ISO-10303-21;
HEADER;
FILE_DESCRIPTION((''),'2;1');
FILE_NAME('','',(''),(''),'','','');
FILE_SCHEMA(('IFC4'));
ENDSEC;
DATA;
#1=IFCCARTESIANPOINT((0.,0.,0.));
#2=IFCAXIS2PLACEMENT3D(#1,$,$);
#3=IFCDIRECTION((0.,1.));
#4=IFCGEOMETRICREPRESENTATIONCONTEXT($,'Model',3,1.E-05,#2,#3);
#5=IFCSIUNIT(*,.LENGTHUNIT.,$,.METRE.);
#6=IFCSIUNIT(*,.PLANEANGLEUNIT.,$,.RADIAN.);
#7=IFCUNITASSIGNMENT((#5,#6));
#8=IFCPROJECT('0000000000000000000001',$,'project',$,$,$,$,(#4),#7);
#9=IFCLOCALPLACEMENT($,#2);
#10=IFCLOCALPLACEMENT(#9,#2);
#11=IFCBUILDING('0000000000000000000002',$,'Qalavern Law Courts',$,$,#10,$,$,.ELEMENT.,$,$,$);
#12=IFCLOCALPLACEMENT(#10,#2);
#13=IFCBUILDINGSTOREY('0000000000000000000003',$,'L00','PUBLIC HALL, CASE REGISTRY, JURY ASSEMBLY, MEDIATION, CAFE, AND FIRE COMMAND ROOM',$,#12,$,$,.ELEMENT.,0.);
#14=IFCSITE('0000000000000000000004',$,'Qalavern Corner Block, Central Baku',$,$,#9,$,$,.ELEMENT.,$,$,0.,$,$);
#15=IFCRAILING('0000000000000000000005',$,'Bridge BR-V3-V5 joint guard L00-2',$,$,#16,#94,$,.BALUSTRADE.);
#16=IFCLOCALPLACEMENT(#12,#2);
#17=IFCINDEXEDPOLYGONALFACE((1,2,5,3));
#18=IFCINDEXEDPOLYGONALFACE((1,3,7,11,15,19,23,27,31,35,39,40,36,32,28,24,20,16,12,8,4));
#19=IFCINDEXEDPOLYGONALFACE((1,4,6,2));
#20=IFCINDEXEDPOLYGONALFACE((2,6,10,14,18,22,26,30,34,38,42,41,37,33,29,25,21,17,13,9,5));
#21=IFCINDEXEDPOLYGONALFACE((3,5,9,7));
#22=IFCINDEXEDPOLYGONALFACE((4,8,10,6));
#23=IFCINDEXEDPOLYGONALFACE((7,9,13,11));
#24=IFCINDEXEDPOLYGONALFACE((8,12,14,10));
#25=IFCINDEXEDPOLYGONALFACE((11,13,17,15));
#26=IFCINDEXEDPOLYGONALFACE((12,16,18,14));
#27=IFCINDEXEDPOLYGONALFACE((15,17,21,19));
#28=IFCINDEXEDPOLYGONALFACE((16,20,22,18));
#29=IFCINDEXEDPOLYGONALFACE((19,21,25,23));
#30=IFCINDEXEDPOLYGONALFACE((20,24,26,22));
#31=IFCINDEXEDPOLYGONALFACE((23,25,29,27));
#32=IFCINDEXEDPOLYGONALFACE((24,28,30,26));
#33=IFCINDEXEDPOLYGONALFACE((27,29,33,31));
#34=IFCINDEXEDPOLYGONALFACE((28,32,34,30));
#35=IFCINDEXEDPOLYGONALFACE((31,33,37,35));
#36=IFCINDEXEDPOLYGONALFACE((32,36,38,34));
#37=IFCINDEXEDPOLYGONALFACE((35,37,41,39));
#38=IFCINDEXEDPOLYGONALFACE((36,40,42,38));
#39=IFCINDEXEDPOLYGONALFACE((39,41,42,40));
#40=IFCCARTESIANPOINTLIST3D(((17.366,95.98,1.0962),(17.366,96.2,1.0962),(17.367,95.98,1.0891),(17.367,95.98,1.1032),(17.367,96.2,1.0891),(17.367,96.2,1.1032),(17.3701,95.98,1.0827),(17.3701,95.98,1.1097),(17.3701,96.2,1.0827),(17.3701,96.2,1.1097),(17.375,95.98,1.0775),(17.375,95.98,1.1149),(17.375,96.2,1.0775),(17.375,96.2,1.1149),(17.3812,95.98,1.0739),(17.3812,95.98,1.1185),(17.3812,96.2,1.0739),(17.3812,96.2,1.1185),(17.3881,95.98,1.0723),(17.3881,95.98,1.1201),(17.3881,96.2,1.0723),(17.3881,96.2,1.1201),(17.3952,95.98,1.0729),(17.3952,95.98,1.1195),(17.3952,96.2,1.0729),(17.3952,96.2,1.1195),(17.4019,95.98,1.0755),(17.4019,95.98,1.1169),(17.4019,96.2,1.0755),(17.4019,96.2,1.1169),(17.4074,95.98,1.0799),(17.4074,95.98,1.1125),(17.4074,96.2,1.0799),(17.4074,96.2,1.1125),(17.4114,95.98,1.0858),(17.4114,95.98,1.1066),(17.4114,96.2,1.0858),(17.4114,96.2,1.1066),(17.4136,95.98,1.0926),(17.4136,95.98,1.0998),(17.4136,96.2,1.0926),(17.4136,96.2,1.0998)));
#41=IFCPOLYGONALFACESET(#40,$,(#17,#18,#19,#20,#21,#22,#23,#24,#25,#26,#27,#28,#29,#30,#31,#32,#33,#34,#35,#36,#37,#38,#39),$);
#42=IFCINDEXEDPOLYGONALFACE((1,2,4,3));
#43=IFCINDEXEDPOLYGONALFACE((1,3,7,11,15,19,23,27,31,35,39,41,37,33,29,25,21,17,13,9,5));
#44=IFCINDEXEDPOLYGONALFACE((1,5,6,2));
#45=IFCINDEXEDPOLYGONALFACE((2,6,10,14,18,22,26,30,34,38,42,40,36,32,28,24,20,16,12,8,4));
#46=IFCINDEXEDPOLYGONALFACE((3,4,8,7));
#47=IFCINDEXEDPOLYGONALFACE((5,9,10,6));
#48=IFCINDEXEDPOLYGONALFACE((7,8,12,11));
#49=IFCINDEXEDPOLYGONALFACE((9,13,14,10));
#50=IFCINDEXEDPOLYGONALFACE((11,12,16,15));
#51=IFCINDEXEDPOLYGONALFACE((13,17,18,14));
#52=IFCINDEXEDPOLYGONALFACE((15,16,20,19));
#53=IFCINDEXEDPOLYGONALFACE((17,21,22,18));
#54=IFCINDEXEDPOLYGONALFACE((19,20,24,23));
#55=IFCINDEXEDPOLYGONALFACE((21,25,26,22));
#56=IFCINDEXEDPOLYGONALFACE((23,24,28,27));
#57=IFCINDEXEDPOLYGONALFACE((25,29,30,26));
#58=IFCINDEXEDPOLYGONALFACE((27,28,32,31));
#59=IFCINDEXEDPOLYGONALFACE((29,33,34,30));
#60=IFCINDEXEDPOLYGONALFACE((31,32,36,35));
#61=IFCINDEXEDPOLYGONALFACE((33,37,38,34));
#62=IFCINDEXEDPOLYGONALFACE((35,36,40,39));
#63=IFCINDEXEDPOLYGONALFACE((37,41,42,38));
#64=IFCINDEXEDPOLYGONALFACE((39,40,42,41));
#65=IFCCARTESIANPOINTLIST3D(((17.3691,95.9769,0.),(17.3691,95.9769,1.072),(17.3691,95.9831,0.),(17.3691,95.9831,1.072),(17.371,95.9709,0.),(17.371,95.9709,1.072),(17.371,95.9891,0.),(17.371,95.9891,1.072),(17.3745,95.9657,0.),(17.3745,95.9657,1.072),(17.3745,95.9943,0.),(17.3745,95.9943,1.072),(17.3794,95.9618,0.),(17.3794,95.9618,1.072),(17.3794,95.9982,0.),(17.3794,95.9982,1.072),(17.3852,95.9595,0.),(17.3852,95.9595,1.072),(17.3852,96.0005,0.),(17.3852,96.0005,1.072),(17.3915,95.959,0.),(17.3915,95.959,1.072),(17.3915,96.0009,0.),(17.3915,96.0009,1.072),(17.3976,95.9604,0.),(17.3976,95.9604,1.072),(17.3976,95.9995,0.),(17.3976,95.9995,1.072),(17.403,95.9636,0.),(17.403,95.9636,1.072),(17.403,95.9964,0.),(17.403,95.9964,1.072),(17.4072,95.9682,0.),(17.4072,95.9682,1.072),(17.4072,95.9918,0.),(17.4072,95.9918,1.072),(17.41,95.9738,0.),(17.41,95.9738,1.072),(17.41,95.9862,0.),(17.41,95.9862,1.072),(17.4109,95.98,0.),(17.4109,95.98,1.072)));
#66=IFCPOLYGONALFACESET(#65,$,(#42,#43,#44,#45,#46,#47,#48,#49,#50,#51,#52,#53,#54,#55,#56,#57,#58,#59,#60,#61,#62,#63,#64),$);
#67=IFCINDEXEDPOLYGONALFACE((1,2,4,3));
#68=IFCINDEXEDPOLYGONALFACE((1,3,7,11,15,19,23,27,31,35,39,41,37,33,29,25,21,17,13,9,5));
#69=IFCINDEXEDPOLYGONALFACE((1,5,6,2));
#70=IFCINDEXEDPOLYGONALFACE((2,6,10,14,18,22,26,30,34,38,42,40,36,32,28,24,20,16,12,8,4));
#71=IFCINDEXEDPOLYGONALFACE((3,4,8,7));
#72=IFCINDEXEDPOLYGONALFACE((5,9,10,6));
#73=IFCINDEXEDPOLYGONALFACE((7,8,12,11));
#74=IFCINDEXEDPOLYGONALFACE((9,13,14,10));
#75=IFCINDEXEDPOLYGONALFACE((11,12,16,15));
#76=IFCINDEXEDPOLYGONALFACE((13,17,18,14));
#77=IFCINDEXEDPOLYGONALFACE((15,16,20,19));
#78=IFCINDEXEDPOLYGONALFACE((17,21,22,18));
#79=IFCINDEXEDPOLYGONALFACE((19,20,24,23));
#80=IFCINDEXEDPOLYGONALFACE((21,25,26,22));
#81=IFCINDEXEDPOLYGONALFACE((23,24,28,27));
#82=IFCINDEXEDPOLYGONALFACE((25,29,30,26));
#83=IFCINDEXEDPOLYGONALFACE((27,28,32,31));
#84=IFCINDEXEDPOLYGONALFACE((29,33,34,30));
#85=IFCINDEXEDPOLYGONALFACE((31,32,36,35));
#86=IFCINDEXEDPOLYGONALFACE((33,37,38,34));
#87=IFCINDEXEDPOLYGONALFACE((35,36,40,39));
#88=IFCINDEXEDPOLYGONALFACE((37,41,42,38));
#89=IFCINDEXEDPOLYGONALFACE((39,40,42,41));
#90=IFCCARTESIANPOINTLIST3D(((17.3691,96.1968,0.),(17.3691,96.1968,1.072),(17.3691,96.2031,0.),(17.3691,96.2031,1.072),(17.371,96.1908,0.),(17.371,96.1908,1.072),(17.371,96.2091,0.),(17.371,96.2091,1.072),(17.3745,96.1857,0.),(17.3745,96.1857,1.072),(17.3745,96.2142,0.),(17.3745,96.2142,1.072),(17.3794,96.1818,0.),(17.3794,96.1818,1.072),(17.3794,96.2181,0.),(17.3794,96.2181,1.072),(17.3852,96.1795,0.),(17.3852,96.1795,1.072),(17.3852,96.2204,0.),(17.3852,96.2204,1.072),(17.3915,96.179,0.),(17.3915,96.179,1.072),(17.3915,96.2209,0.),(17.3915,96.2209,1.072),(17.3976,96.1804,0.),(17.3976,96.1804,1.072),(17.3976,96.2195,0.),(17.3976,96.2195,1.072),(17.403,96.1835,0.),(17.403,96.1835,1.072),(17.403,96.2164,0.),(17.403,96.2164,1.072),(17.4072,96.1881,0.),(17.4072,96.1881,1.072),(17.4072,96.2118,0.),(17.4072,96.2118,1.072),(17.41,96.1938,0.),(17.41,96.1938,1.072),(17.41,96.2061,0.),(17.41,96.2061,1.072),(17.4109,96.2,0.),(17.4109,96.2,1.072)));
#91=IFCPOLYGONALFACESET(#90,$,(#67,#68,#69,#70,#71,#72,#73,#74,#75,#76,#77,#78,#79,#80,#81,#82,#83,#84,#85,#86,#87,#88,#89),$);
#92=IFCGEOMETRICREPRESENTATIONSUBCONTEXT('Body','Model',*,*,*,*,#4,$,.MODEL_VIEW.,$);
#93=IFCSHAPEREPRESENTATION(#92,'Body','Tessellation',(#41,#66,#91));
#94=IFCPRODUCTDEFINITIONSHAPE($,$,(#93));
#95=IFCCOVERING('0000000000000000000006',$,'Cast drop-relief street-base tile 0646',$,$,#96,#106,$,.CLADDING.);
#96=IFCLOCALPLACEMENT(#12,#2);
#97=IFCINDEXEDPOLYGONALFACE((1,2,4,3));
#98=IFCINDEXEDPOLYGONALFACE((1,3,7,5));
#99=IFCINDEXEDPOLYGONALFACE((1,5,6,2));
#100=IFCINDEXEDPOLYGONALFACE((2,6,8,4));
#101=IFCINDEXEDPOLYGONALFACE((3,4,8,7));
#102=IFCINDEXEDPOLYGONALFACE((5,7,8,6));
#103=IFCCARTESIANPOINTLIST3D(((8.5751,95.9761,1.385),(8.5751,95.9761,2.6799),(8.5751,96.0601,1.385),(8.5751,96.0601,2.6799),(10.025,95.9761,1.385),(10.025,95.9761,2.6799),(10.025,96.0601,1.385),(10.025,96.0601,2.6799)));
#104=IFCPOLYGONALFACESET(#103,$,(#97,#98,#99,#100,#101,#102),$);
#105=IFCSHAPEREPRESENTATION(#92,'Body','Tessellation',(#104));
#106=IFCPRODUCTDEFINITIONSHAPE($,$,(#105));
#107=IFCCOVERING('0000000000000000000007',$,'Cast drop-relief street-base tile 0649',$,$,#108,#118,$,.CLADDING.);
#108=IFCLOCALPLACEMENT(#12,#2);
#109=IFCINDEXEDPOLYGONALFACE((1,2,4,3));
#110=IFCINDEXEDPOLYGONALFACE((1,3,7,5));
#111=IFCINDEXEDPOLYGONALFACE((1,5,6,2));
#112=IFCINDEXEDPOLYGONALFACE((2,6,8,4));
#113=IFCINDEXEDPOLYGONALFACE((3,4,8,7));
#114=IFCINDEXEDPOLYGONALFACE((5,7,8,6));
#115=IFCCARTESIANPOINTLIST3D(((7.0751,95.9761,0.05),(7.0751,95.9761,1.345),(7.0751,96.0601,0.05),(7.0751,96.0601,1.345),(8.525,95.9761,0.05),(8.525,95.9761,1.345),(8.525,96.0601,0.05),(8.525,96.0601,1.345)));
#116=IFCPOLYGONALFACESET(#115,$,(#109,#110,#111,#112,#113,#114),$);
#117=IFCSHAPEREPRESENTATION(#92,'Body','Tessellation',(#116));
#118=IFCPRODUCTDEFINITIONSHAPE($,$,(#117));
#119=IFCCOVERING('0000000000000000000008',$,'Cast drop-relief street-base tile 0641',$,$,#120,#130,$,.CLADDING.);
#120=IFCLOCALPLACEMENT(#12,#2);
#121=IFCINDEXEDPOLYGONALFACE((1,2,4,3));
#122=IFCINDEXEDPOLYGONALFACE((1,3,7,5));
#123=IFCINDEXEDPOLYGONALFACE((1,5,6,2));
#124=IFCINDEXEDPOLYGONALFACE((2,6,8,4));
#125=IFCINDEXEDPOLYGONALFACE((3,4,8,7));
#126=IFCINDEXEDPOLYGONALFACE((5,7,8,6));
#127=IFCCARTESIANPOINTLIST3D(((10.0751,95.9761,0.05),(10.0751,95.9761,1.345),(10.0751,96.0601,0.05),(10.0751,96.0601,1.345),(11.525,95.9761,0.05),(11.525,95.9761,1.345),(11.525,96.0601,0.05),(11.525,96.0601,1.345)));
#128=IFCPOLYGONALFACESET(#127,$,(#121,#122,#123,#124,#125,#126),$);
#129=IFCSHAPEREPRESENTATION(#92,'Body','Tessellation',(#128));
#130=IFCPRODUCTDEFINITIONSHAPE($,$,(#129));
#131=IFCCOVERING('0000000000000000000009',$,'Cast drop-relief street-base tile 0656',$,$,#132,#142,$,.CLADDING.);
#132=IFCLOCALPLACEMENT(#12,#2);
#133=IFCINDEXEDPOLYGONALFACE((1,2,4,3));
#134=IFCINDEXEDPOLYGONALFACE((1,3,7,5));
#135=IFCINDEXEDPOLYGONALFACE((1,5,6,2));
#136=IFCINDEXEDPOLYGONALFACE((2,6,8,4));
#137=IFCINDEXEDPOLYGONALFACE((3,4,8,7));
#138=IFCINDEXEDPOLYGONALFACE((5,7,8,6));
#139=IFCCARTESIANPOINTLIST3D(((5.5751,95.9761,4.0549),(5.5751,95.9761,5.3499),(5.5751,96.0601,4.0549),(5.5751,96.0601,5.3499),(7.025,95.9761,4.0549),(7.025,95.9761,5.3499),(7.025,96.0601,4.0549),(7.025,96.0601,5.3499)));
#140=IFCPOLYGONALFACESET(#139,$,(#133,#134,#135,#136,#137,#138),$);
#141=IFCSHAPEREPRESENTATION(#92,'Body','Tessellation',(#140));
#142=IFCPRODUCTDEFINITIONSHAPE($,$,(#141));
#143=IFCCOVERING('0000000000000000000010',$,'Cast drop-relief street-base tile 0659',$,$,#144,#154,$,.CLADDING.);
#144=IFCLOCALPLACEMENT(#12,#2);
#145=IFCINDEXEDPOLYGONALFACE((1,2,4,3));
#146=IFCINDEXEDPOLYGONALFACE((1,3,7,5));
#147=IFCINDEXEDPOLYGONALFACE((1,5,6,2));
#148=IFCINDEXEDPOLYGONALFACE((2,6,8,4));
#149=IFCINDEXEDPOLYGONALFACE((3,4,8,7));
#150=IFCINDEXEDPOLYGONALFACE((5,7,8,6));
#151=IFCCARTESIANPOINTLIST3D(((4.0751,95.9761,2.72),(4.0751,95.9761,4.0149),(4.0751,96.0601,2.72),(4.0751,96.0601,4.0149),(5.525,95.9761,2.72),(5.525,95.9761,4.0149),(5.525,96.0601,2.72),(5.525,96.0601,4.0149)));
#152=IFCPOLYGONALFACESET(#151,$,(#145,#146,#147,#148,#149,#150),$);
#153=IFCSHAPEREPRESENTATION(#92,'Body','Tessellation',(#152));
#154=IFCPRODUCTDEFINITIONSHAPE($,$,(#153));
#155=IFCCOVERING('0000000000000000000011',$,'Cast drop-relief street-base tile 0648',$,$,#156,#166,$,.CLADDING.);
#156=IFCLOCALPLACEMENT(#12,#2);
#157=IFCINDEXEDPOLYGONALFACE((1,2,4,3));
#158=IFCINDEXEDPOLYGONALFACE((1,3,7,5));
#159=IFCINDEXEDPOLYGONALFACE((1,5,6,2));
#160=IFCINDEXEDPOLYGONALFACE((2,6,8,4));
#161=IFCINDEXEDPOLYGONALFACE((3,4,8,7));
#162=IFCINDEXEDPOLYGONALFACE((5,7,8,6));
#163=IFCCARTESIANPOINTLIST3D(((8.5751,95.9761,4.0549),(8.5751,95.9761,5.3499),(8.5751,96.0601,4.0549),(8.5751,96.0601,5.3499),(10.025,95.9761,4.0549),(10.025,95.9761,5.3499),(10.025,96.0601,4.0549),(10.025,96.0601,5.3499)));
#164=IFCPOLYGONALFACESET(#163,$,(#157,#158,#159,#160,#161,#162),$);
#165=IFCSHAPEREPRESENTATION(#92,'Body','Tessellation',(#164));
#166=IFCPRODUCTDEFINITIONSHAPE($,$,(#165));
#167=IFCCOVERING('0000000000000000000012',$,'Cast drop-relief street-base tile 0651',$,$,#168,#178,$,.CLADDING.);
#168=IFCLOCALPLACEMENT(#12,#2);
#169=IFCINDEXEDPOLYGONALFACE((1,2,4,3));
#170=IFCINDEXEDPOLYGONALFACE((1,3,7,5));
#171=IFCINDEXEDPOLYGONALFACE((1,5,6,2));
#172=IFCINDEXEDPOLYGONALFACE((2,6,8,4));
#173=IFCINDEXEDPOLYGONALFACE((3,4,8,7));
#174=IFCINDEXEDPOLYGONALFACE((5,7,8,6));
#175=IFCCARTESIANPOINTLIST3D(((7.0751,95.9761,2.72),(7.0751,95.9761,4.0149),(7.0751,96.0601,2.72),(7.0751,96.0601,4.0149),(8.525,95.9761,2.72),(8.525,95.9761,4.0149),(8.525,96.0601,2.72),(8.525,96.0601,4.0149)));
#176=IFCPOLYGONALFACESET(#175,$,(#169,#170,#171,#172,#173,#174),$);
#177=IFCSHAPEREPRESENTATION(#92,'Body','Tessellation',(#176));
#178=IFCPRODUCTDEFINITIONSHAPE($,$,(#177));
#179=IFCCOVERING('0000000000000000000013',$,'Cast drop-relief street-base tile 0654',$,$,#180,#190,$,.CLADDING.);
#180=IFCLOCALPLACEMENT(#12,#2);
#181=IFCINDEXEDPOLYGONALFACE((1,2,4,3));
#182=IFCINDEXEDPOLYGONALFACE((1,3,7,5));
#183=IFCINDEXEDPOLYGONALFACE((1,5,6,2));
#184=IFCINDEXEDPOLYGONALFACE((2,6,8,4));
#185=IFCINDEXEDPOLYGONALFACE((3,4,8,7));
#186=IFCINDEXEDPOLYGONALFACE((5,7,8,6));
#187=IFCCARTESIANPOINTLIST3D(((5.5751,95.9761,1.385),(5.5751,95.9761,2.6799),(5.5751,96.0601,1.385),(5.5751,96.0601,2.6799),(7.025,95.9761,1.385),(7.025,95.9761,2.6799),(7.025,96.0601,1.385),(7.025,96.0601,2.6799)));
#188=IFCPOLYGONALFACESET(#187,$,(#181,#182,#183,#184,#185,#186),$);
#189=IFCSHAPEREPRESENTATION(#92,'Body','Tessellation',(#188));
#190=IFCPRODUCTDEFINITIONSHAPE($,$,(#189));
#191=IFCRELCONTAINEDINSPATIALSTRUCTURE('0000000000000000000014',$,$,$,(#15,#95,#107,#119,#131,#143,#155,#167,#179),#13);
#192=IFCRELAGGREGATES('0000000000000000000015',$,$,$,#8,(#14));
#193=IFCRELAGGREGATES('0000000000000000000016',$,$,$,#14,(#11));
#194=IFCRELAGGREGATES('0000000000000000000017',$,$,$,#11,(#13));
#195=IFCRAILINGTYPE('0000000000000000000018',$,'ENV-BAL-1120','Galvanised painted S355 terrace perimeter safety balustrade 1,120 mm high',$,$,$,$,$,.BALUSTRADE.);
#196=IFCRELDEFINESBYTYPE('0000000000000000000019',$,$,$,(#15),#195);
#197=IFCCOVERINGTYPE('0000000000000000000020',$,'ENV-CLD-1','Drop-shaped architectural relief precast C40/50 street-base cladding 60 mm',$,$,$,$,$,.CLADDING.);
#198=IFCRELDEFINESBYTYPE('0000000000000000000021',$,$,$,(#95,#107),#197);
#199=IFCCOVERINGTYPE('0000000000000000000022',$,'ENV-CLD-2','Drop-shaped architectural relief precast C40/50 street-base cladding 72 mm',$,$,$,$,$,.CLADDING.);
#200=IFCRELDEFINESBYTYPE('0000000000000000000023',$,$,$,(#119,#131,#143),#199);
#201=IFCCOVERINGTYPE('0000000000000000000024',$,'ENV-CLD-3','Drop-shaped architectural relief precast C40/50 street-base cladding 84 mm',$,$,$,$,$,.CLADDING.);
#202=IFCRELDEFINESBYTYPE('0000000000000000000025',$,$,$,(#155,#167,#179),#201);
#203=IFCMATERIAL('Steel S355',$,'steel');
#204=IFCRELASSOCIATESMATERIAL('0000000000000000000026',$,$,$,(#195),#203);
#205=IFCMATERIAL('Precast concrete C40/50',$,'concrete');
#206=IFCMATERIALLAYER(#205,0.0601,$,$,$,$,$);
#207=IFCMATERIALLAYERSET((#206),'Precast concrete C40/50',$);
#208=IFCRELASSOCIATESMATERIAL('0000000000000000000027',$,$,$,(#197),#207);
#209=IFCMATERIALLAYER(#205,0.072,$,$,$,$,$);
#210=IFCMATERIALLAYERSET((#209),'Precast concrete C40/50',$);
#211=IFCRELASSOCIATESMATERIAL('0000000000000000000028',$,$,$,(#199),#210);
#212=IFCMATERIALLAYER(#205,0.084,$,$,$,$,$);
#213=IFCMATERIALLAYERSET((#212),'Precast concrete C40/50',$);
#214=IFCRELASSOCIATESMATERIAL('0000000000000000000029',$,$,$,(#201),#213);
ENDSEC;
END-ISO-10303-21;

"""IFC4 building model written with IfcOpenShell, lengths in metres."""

from ifc_helpers import new_model, si_unit, direction, frame, origin, origin_2d, place, context, subcontext, project, spatial, rectangle, circle, extrude, material, layer, layer_set, type_object, element, save


model = new_model("IFC4")

# Units and contexts
model_context = context("Model", 3, precision=1e-05, world=origin(), true_north=direction((0.0, 1.0)))
body_context = subcontext(model_context, "Body", "Model", "MODEL_VIEW")
ifc_project = project(units=[si_unit("LENGTHUNIT", "METRE"), si_unit("PLANEANGLEUNIT", "RADIAN")], contexts=[model_context])

# Site, building, storey
site_placement = place(None, origin())
site = spatial("IfcSite", under=ifc_project, at=site_placement, Name="Qalavern Corner Block, Central Baku", CompositionType="ELEMENT", RefElevation=0.0)
building_placement = place(site_placement, origin())
building = spatial("IfcBuilding", under=site, at=building_placement, Name="Qalavern Law Courts", CompositionType="ELEMENT")
storey_placement = place(building_placement, origin())
storey = spatial("IfcBuildingStorey", under=building, at=storey_placement, Name="L00", Description="PUBLIC HALL, CASE REGISTRY, JURY ASSEMBLY, MEDIATION, CAFE, AND FIRE COMMAND ROOM", CompositionType="ELEMENT", Elevation=0.0)

# Shared definitions
ifc_material_1 = material(Name="Steel S355", Category="steel")

# Railing
railing_type = type_object("IfcRailingType", Name="ENV-BAL-1120", Description="Galvanised painted S355 terrace perimeter safety balustrade 1,120 mm high", PredefinedType="BALUSTRADE", material=ifc_material_1)
for number, where, name in (
    (1, (17.3899, 95.98, 0.0), "Bridge BR-V3-V5 joint guard L00-2"),
):
    element("IfcRailing", number, at=place(storey_placement, frame(where)), inside=storey, type_object=railing_type, Name=name, PredefinedType="BALUSTRADE", context=body_context, shape_type="SweptSolid", body=[
        extrude(circle(Radius=0.0239, at=origin_2d()), frame((0.0, 0.0, 1.0962), z_axis=(0.0, 1.0, 0.0), x_axis=(-1.0, 0.0, 0.0)), (0.0, 0.0, 1.0), 0.22),
        extrude(circle(Radius=0.021, at=origin_2d()), origin(), (0.0, 0.0, 1.0), 1.072),
        extrude(circle(Radius=0.021, at=origin_2d()), frame((0.0, 0.22, 0.0)), (0.0, 0.0, 1.0), 1.072),
    ])

# Coverings
ifc_material_2 = material(Name="Precast concrete C40/50", Category="concrete")
ifc_layer_1 = layer(ifc_material_2, 0.0601)
ifc_layer_set_1 = layer_set([ifc_layer_1], Name="Precast concrete C40/50")
covering_type_1 = type_object("IfcCoveringType", Name="ENV-CLD-1", Description="Drop-shaped architectural relief precast C40/50 street-base cladding 60 mm", PredefinedType="CLADDING", material=ifc_layer_set_1)
for number, where, z_axis, x_axis, name in (
    (2, (9.3, 96.0181, 1.385), (0.0, 0.0, 1.0), (-1.0, 0.0, 0.0), "Cast drop-relief street-base tile 0646"),
    (3, (7.8, 96.0181, 0.05), (0.0, 0.0, 1.0), (-1.0, 0.0, 0.0), "Cast drop-relief street-base tile 0649"),
):
    element("IfcCovering", number, at=place(storey_placement, frame(where, z_axis=z_axis, x_axis=x_axis)), inside=storey, type_object=covering_type_1, Name=name, PredefinedType="CLADDING", context=body_context, shape_type="SweptSolid", body=[
        extrude(rectangle(XDim=1.45, YDim=0.084, at=origin_2d()), origin(), (0.0, 0.0, 1.0), 1.2949),
    ])
ifc_layer_2 = layer(ifc_material_2, 0.072)
ifc_layer_set_2 = layer_set([ifc_layer_2], Name="Precast concrete C40/50")
covering_type_2 = type_object("IfcCoveringType", Name="ENV-CLD-2", Description="Drop-shaped architectural relief precast C40/50 street-base cladding 72 mm", PredefinedType="CLADDING", material=ifc_layer_set_2)
for number, where, z_axis, x_axis, name in (
    (4, (10.8, 96.0181, 0.05), (0.0, 0.0, 1.0), (-1.0, 0.0, 0.0), "Cast drop-relief street-base tile 0641"),
    (5, (6.3, 96.0181, 4.0549), (0.0, 0.0, 1.0), (-1.0, 0.0, 0.0), "Cast drop-relief street-base tile 0656"),
    (6, (4.8, 96.0181, 2.72), (0.0, 0.0, 1.0), (-1.0, 0.0, 0.0), "Cast drop-relief street-base tile 0659"),
):
    element("IfcCovering", number, at=place(storey_placement, frame(where, z_axis=z_axis, x_axis=x_axis)), inside=storey, type_object=covering_type_2, Name=name, PredefinedType="CLADDING", context=body_context, shape_type="SweptSolid", body=[
        extrude(rectangle(XDim=1.45, YDim=0.084, at=origin_2d()), origin(), (0.0, 0.0, 1.0), 1.2949),
    ])
ifc_layer_3 = layer(ifc_material_2, 0.084)
ifc_layer_set_3 = layer_set([ifc_layer_3], Name="Precast concrete C40/50")
covering_type_3 = type_object("IfcCoveringType", Name="ENV-CLD-3", Description="Drop-shaped architectural relief precast C40/50 street-base cladding 84 mm", PredefinedType="CLADDING", material=ifc_layer_set_3)
for number, where, z_axis, x_axis, name in (
    (7, (9.3, 96.0181, 4.0549), (0.0, 0.0, 1.0), (-1.0, 0.0, 0.0), "Cast drop-relief street-base tile 0648"),
    (8, (7.8, 96.0181, 2.72), (0.0, 0.0, 1.0), (-1.0, 0.0, 0.0), "Cast drop-relief street-base tile 0651"),
    (9, (6.3, 96.0181, 1.385), (0.0, 0.0, 1.0), (-1.0, 0.0, 0.0), "Cast drop-relief street-base tile 0654"),
):
    element("IfcCovering", number, at=place(storey_placement, frame(where, z_axis=z_axis, x_axis=x_axis)), inside=storey, type_object=covering_type_3, Name=name, PredefinedType="CLADDING", context=body_context, shape_type="SweptSolid", body=[
        extrude(rectangle(XDim=1.45, YDim=0.084, at=origin_2d()), origin(), (0.0, 0.0, 1.0), 1.2949),
    ])

save(model, "model.ifc")
